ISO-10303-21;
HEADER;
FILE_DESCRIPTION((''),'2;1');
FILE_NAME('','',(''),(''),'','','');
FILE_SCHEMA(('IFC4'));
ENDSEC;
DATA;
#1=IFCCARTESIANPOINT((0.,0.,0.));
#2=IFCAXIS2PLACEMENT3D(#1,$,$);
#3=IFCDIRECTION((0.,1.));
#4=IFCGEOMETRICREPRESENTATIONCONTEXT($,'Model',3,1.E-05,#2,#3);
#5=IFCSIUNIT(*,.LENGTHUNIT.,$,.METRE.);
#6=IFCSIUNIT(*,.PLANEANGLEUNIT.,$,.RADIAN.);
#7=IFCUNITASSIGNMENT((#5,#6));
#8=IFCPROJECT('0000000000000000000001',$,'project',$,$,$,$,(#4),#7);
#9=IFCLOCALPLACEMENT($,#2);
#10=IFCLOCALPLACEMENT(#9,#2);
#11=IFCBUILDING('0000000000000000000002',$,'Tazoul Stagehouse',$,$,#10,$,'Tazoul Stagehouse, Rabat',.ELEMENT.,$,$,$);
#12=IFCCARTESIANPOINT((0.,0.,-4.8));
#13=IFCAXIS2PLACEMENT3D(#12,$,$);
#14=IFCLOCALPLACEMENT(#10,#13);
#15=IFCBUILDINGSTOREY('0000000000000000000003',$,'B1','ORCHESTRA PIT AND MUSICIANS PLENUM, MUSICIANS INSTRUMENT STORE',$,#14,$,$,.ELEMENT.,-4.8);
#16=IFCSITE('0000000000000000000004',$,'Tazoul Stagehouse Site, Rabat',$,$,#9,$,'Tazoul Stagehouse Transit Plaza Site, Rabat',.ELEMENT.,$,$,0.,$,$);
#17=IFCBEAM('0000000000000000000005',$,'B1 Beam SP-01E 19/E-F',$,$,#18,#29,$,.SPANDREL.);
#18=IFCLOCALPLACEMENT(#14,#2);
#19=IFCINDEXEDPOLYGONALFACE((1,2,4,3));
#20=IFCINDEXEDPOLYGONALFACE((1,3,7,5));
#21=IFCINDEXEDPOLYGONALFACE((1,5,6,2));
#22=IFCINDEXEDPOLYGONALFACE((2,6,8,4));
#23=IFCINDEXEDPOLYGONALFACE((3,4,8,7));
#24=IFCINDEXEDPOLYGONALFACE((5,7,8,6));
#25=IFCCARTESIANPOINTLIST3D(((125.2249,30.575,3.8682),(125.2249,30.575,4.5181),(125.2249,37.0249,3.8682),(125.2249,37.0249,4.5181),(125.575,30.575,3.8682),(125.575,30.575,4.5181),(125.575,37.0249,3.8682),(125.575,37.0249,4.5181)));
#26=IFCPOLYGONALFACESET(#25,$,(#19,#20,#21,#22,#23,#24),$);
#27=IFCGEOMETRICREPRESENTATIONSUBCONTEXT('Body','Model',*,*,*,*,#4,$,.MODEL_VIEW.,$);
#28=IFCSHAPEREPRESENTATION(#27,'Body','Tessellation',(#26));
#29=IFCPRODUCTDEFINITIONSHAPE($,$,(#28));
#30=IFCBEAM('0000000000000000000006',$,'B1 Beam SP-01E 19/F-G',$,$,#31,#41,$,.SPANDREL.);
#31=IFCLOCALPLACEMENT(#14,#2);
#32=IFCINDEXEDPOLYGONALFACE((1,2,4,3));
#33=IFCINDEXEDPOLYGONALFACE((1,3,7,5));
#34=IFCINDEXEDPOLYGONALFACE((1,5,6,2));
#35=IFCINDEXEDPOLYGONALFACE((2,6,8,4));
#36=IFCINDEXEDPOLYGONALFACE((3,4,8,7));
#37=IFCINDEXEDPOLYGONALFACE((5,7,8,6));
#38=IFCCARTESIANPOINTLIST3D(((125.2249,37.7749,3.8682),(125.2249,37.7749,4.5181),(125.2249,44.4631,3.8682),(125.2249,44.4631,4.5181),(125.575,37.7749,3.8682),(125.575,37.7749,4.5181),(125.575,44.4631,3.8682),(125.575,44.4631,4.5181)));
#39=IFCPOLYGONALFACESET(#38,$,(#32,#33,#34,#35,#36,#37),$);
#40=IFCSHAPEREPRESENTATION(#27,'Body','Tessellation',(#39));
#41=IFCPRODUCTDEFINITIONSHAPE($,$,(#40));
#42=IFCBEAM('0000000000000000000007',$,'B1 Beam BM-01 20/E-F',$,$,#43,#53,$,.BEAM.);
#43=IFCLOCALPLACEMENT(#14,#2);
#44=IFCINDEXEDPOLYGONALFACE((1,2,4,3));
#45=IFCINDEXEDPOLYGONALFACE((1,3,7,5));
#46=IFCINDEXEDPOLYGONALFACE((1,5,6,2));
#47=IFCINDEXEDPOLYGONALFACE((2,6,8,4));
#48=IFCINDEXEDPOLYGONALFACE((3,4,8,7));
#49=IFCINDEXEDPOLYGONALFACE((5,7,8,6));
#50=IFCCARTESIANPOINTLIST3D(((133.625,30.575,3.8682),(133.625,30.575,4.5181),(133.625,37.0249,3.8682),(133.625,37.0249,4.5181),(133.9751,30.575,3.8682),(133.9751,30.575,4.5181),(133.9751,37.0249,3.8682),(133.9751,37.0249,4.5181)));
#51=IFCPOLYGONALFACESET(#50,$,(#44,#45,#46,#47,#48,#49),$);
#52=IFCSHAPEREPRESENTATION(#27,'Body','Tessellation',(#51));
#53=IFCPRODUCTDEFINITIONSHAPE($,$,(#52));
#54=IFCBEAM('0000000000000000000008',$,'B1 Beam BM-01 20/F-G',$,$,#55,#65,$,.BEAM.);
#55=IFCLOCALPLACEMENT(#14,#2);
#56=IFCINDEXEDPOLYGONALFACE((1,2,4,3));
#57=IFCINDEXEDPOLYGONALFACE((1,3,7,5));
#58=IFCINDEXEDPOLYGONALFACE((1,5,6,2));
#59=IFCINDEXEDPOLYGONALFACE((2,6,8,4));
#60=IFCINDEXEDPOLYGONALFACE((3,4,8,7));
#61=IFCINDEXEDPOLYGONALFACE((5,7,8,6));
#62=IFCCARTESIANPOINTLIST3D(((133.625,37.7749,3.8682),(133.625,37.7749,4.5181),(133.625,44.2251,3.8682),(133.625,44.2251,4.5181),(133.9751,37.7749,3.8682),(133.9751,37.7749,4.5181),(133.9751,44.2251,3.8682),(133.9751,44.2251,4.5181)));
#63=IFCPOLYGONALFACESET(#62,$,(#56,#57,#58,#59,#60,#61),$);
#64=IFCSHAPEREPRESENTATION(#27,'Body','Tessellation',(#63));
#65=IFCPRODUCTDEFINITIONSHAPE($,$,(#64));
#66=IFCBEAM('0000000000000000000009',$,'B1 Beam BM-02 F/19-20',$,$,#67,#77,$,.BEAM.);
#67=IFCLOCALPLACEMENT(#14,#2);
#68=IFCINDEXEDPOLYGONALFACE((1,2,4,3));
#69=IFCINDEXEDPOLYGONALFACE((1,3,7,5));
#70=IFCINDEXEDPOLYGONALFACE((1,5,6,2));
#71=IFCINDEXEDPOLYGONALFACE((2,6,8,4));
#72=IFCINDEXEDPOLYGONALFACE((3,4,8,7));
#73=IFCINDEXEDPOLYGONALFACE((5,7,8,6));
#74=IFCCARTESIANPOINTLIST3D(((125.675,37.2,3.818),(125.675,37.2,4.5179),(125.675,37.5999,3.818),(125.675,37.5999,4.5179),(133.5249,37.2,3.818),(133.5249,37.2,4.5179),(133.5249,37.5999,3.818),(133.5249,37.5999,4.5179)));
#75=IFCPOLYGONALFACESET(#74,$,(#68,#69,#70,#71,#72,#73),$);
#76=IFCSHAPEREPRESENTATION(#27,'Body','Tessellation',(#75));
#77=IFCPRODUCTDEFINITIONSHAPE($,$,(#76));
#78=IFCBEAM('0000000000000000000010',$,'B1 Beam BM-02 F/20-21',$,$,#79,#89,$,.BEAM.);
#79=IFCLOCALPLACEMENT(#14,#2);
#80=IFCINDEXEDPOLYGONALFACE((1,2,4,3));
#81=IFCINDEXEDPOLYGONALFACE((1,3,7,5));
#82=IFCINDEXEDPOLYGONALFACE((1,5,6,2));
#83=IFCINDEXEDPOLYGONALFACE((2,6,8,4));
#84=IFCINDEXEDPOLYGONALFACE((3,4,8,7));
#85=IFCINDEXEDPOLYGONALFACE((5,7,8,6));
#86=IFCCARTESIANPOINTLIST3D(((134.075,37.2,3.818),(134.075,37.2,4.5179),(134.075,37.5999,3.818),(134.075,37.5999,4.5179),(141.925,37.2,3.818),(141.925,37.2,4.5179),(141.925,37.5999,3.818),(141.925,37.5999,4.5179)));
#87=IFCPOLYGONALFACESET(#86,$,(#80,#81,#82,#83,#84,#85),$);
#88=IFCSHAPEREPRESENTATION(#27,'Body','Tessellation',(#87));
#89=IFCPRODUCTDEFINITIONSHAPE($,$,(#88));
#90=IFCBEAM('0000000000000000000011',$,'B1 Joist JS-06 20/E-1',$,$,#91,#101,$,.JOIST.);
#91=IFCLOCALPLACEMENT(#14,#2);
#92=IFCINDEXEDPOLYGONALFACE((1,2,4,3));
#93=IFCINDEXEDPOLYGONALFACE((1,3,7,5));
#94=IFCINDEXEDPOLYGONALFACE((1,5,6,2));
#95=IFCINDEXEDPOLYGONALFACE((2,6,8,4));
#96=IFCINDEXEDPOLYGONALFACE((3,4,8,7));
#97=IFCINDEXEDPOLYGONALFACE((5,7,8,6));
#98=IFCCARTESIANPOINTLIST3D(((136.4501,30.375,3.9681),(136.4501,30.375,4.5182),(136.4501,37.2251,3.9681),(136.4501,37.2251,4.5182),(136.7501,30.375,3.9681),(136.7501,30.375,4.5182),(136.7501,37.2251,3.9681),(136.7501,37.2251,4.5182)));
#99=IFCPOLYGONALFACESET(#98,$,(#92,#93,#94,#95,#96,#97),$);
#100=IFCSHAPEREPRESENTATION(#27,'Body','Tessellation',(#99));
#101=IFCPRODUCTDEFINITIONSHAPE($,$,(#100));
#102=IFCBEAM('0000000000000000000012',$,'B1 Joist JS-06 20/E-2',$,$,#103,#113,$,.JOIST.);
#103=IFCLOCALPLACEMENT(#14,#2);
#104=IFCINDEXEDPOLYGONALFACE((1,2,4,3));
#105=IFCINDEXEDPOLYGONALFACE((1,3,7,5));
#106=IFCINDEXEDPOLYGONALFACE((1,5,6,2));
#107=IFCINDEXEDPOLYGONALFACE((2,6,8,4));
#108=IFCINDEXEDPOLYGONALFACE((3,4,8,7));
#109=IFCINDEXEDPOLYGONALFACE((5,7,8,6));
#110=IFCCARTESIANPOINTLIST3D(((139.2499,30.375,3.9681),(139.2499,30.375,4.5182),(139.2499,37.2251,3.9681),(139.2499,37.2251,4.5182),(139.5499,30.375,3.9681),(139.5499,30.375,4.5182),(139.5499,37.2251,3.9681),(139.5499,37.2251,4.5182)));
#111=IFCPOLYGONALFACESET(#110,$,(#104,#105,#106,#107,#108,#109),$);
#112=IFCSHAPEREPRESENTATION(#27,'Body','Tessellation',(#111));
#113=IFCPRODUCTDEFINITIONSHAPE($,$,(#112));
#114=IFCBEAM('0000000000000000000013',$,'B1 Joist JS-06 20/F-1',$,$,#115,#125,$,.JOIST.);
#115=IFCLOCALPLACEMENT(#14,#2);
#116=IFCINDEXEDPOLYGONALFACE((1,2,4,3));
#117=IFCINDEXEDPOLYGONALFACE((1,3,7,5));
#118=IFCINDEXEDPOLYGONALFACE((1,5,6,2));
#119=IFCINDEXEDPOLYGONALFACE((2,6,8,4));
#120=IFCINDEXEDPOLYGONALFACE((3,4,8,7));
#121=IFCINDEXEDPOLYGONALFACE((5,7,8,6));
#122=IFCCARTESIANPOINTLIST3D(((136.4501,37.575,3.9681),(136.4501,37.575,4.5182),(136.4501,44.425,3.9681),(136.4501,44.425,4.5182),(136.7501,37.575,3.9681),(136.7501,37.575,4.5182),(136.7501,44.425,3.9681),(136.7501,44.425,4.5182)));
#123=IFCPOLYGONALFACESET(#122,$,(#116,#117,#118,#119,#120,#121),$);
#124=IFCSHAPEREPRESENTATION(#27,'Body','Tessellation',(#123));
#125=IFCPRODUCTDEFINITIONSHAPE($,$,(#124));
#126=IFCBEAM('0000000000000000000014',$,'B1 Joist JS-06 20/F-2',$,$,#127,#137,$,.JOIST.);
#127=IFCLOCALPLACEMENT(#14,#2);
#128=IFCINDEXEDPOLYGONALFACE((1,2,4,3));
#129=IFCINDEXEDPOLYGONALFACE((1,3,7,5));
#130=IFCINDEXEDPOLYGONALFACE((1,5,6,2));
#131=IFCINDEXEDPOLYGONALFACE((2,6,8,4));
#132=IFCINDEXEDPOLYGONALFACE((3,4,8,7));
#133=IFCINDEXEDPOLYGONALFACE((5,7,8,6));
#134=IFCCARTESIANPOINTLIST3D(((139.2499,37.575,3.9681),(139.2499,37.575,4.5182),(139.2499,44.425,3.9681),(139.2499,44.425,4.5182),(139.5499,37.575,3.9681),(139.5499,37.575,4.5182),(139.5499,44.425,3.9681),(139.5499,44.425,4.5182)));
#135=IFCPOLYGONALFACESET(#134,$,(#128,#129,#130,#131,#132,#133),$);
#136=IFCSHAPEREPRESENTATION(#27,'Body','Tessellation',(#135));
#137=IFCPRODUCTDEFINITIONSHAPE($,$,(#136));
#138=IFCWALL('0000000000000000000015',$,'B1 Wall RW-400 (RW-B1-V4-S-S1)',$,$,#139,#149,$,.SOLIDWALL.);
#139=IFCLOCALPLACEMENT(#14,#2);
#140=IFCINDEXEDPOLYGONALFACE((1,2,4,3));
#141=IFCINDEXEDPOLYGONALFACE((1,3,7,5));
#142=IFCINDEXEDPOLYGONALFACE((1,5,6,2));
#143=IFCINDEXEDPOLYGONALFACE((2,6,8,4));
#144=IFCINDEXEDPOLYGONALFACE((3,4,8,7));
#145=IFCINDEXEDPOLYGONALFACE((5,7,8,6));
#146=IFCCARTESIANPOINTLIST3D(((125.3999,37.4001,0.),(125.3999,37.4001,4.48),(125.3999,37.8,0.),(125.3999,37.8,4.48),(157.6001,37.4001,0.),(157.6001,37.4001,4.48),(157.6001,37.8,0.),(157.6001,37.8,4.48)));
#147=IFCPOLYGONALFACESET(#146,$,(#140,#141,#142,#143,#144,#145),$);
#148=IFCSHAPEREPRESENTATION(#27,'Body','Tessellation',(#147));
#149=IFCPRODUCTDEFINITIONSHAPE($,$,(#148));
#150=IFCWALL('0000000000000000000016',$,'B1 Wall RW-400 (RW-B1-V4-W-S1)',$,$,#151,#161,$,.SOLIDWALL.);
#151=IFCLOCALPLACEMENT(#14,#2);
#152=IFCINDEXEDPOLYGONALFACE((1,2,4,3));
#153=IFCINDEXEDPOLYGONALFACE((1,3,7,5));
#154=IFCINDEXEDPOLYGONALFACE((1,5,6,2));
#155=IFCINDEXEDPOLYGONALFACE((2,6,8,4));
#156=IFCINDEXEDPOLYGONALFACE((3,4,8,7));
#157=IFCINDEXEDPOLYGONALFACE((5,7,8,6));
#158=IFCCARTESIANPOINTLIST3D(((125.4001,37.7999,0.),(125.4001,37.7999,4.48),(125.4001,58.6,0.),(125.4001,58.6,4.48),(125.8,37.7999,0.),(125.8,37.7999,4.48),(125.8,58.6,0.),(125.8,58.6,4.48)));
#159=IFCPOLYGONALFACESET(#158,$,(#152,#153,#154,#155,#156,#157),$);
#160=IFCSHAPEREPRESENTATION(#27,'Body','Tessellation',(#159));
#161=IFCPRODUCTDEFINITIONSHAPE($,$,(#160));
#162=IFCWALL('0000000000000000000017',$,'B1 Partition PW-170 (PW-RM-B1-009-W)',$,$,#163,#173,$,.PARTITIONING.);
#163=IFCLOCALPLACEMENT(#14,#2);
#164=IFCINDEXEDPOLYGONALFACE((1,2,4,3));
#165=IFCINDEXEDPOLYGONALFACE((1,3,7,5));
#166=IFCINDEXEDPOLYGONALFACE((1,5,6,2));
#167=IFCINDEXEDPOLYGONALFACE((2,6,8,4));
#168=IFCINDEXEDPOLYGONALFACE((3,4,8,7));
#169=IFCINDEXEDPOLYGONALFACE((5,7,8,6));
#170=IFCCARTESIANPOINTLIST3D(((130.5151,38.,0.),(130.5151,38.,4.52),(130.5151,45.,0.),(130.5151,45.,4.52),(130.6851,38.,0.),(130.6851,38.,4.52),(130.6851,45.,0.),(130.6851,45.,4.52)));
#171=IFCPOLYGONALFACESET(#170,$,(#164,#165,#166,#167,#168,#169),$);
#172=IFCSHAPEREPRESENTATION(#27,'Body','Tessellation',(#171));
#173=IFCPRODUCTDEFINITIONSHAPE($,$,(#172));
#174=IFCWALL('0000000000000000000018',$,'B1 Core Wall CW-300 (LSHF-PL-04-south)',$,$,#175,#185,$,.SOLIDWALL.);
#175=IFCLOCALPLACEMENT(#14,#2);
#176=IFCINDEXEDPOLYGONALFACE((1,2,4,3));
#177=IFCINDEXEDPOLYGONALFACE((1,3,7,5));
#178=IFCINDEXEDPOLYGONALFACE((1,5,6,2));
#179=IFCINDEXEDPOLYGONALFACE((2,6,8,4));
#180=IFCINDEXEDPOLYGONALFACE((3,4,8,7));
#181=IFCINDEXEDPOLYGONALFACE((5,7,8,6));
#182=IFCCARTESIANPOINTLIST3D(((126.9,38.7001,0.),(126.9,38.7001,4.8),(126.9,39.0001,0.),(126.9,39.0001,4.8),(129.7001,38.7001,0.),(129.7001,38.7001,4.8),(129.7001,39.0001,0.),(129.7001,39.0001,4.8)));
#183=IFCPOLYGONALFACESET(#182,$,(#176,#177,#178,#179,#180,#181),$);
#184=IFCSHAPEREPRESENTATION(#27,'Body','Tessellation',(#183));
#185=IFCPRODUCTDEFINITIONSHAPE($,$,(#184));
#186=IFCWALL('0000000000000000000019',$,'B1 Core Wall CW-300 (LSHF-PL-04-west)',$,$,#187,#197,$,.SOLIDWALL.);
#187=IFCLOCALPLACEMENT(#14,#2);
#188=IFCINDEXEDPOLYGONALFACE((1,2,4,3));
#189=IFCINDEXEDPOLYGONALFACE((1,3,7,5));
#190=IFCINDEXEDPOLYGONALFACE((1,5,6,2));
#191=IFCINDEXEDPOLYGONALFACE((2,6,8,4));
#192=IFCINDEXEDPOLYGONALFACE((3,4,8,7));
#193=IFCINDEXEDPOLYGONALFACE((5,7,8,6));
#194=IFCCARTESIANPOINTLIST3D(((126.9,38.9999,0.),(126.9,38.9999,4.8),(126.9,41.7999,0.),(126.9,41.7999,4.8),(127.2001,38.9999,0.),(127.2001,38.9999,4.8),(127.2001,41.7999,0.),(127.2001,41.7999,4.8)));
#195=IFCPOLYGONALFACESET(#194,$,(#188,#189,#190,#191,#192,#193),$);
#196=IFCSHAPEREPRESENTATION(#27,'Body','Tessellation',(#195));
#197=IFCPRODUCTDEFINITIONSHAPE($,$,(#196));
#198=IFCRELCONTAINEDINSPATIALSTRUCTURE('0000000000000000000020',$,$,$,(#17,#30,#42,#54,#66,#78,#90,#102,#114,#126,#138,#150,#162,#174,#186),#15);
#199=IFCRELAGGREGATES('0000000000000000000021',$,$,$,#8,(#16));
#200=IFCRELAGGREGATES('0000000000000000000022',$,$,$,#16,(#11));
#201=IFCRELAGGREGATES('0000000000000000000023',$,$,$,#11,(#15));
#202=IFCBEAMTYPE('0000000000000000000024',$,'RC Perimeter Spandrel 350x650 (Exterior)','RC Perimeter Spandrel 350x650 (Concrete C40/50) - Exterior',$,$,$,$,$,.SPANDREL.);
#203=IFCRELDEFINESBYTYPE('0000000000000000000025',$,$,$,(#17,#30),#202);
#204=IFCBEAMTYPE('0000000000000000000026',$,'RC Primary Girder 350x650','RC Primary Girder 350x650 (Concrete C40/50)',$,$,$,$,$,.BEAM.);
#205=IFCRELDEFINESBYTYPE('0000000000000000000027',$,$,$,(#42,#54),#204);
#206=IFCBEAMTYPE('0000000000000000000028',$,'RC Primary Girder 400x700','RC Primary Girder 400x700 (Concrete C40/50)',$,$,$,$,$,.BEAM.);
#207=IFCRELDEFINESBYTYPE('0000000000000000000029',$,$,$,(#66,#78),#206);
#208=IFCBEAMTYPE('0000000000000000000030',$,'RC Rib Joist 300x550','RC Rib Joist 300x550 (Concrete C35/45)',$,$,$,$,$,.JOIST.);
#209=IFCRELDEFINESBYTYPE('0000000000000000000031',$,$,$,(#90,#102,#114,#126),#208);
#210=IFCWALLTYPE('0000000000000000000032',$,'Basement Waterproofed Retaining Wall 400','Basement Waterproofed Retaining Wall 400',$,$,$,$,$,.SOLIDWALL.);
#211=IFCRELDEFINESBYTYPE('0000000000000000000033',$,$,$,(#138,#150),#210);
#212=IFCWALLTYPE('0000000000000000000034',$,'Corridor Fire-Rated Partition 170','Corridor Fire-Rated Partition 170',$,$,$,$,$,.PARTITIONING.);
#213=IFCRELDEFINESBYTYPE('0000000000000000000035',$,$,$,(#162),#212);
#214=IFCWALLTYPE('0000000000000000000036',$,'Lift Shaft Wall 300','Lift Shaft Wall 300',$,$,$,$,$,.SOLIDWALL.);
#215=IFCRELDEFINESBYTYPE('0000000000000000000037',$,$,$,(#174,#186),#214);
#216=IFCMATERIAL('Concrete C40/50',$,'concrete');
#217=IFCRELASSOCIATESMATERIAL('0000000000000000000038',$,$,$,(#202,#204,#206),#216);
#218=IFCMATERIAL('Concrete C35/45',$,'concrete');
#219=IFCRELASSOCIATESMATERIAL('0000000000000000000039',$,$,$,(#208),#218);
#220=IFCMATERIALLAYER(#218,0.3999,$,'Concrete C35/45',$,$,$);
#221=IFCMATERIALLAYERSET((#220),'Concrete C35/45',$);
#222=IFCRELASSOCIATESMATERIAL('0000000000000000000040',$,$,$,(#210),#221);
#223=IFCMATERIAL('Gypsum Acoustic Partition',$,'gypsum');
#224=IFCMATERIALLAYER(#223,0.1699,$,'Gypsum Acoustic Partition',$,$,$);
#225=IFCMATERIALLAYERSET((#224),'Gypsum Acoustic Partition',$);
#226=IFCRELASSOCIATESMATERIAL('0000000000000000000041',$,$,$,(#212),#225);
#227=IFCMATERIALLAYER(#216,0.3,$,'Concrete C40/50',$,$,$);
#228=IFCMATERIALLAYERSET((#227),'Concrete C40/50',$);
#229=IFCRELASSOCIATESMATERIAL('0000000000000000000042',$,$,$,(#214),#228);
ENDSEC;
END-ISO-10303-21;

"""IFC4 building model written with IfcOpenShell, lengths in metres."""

from ifc_helpers import new_model, si_unit, direction, frame, frame_2d, origin, origin_2d, place, context, subcontext, project, spatial, rectangle, extrude, material, layer, layer_set, material_profile, profile_set, type_object, element, save


model = new_model("IFC4")

# Units and contexts
model_context = context("Model", 3, precision=1e-05, world=origin(), true_north=direction((0.0, 1.0)))
body_context = subcontext(model_context, "Body", "Model", "MODEL_VIEW")
ifc_project = project(units=[si_unit("LENGTHUNIT", "METRE"), si_unit("PLANEANGLEUNIT", "RADIAN")], contexts=[model_context])

# Site, building, storey
site_placement = place(None, origin())
site = spatial("IfcSite", under=ifc_project, at=site_placement, Name="Tazoul Stagehouse Site, Rabat", LongName="Tazoul Stagehouse Transit Plaza Site, Rabat", CompositionType="ELEMENT", RefElevation=0.0)
building_placement = place(site_placement, origin())
building = spatial("IfcBuilding", under=site, at=building_placement, Name="Tazoul Stagehouse", LongName="Tazoul Stagehouse, Rabat", CompositionType="ELEMENT")
storey_placement = place(building_placement, frame((0.0, 0.0, -4.8)))
storey = spatial("IfcBuildingStorey", under=building, at=storey_placement, Name="B1", Description="ORCHESTRA PIT AND MUSICIANS PLENUM, MUSICIANS INSTRUMENT STORE", CompositionType="ELEMENT", Elevation=-4.8)

# Shared definitions
ifc_material_1 = material(Name="Concrete C35/45", Category="concrete")

# Shared definitions
ifc_material_2 = material(Name="Concrete C40/50", Category="concrete")

# Beams
ifc_material_profile_1 = material_profile(ifc_material_2, rectangle(XDim=0.3501, YDim=0.6499, at=origin_2d()), Name="RC 350x650")
ifc_profile_set_1 = profile_set([ifc_material_profile_1], Name="Concrete C40/50")
beam_type_1 = type_object("IfcBeamType", Name="RC Perimeter Spandrel 350x650 (Exterior)", Description="RC Perimeter Spandrel 350x650 (Concrete C40/50) - Exterior", PredefinedType="SPANDREL", material=ifc_profile_set_1)
beam_1_placement = place(storey_placement, frame((125.3999, 30.575, 4.1931), z_axis=(0.0, 1.0, 0.0), x_axis=(-1.0, 0.0, 0.0)))
element("IfcBeam", 1, at=beam_1_placement, inside=storey, type_object=beam_type_1, Name="B1 Beam SP-01E 19/E-F", PredefinedType="SPANDREL", context=body_context, shape_type="SweptSolid", body=[
    extrude(rectangle(XDim=0.3501, YDim=0.6499, at=origin_2d()), origin(), (0.0, 0.0, 1.0), 6.45),
])
beam_2_placement = place(storey_placement, frame((125.3999, 37.7749, 4.1931), z_axis=(0.0, 1.0, 0.0), x_axis=(-1.0, 0.0, 0.0)))
element("IfcBeam", 2, at=beam_2_placement, inside=storey, type_object=beam_type_1, Name="B1 Beam SP-01E 19/F-G", PredefinedType="SPANDREL", context=body_context, shape_type="SweptSolid", body=[
    extrude(rectangle(XDim=0.3501, YDim=0.6499, at=origin_2d()), origin(), (0.0, 0.0, 1.0), 6.6882),
])
ifc_material_profile_2 = material_profile(ifc_material_2, rectangle(XDim=0.3501, YDim=0.6499, at=origin_2d()), Name="RC 350x650")
ifc_profile_set_2 = profile_set([ifc_material_profile_2], Name="Concrete C40/50")
beam_type_2 = type_object("IfcBeamType", Name="RC Primary Girder 350x650", Description="RC Primary Girder 350x650 (Concrete C40/50)", PredefinedType="BEAM", material=ifc_profile_set_2)
beam_3_placement = place(storey_placement, frame((133.8, 30.575, 4.1931), z_axis=(0.0, 1.0, 0.0), x_axis=(-1.0, 0.0, 0.0)))
element("IfcBeam", 3, at=beam_3_placement, inside=storey, type_object=beam_type_2, Name="B1 Beam BM-01 20/E-F", PredefinedType="BEAM", context=body_context, shape_type="SweptSolid", body=[
    extrude(rectangle(XDim=0.3501, YDim=0.6499, at=origin_2d()), origin(), (0.0, 0.0, 1.0), 6.45),
])
beam_4_placement = place(storey_placement, frame((133.8, 37.7749, 4.1931), z_axis=(0.0, 1.0, 0.0), x_axis=(-1.0, 0.0, 0.0)))
element("IfcBeam", 4, at=beam_4_placement, inside=storey, type_object=beam_type_2, Name="B1 Beam BM-01 20/F-G", PredefinedType="BEAM", context=body_context, shape_type="SweptSolid", body=[
    extrude(rectangle(XDim=0.3501, YDim=0.6499, at=origin_2d()), origin(), (0.0, 0.0, 1.0), 6.4502),
])
ifc_material_profile_3 = material_profile(ifc_material_2, rectangle(XDim=0.3999, YDim=0.7, at=origin_2d()), Name="RC 400x700")
ifc_profile_set_3 = profile_set([ifc_material_profile_3], Name="Concrete C40/50")
beam_type_3 = type_object("IfcBeamType", Name="RC Primary Girder 400x700", Description="RC Primary Girder 400x700 (Concrete C40/50)", PredefinedType="BEAM", material=ifc_profile_set_3)
beam_5_placement = place(storey_placement, frame((125.675, 37.3999, 4.168), z_axis=(1.0, 0.0, 0.0), x_axis=(0.0, 1.0, 0.0)))
element("IfcBeam", 5, at=beam_5_placement, inside=storey, type_object=beam_type_3, Name="B1 Beam BM-02 F/19-20", PredefinedType="BEAM", context=body_context, shape_type="SweptSolid", body=[
    extrude(rectangle(XDim=0.3999, YDim=0.7, at=origin_2d()), origin(), (0.0, 0.0, 1.0), 7.8499),
])
beam_6_placement = place(storey_placement, frame((134.075, 37.3999, 4.168), z_axis=(1.0, 0.0, 0.0), x_axis=(0.0, 1.0, 0.0)))
element("IfcBeam", 6, at=beam_6_placement, inside=storey, type_object=beam_type_3, Name="B1 Beam BM-02 F/20-21", PredefinedType="BEAM", context=body_context, shape_type="SweptSolid", body=[
    extrude(rectangle(XDim=0.3999, YDim=0.7, at=origin_2d()), origin(), (0.0, 0.0, 1.0), 7.8501),
])
ifc_material_profile_4 = material_profile(ifc_material_1, rectangle(XDim=0.3, YDim=0.55, at=origin_2d()), Name="RC 300x550")
ifc_profile_set_4 = profile_set([ifc_material_profile_4], Name="Concrete C35/45")
beam_type_4 = type_object("IfcBeamType", Name="RC Rib Joist 300x550", Description="RC Rib Joist 300x550 (Concrete C35/45)", PredefinedType="JOIST", material=ifc_profile_set_4)
for number, where, z_axis, x_axis, name in (
    (7, (136.6001, 30.375, 4.2432), (0.0, 1.0, 0.0), (-1.0, 0.0, 0.0), "B1 Joist JS-06 20/E-1"),
    (8, (139.3999, 30.375, 4.2432), (0.0, 1.0, 0.0), (-1.0, 0.0, 0.0), "B1 Joist JS-06 20/E-2"),
    (9, (136.6001, 37.575, 4.2432), (0.0, 1.0, 0.0), (-1.0, 0.0, 0.0), "B1 Joist JS-06 20/F-1"),
    (10, (139.3999, 37.575, 4.2432), (0.0, 1.0, 0.0), (-1.0, 0.0, 0.0), "B1 Joist JS-06 20/F-2"),
):
    element("IfcBeam", number, at=place(storey_placement, frame(where, z_axis=z_axis, x_axis=x_axis)), inside=storey, type_object=beam_type_4, Name=name, PredefinedType="JOIST", context=body_context, shape_type="SweptSolid", body=[
        extrude(rectangle(XDim=0.3, YDim=0.55, at=origin_2d()), origin(), (0.0, 0.0, 1.0), 6.8501),
    ])

# Walls
ifc_layer_1 = layer(ifc_material_1, 0.3999, Name="Concrete C35/45")
ifc_layer_set_1 = layer_set([ifc_layer_1], Name="Concrete C35/45")
wall_type_1 = type_object("IfcWallType", Name="Basement Waterproofed Retaining Wall 400", Description="Basement Waterproofed Retaining Wall 400", PredefinedType="SOLIDWALL", material=ifc_layer_set_1)
wall_1_placement = place(storey_placement, frame((125.3999, 37.6001, 0.0), z_axis=(0.0, 0.0, 1.0), x_axis=(1.0, 0.0, 0.0)))
element("IfcWall", 11, at=wall_1_placement, inside=storey, type_object=wall_type_1, Name="B1 Wall RW-400 (RW-B1-V4-S-S1)", PredefinedType="SOLIDWALL", context=body_context, shape_type="SweptSolid", body=[
    extrude(rectangle(XDim=32.2002, YDim=0.3999, at=frame_2d((16.1001, 0.0))), origin(), (0.0, 0.0, 1.0), 4.48),
])
wall_2_placement = place(storey_placement, frame((125.6001, 37.8, 0.0), z_axis=(0.0, 0.0, 1.0), x_axis=(0.0, 1.0, 0.0)))
element("IfcWall", 12, at=wall_2_placement, inside=storey, type_object=wall_type_1, Name="B1 Wall RW-400 (RW-B1-V4-W-S1)", PredefinedType="SOLIDWALL", context=body_context, shape_type="SweptSolid", body=[
    extrude(rectangle(XDim=20.8, YDim=0.3999, at=frame_2d((10.3999, 0.0))), origin(), (0.0, 0.0, 1.0), 4.48),
])
ifc_material_3 = material(Name="Gypsum Acoustic Partition", Category="gypsum")
ifc_layer_2 = layer(ifc_material_3, 0.1699, Name="Gypsum Acoustic Partition")
ifc_layer_set_2 = layer_set([ifc_layer_2], Name="Gypsum Acoustic Partition")
wall_type_2 = type_object("IfcWallType", Name="Corridor Fire-Rated Partition 170", Description="Corridor Fire-Rated Partition 170", PredefinedType="PARTITIONING", material=ifc_layer_set_2)
wall_3_placement = place(storey_placement, frame((130.6001, 38.0, 0.0), z_axis=(0.0, 0.0, 1.0), x_axis=(0.0, 1.0, 0.0)))
element("IfcWall", 13, at=wall_3_placement, inside=storey, type_object=wall_type_2, Name="B1 Partition PW-170 (PW-RM-B1-009-W)", PredefinedType="PARTITIONING", context=body_context, shape_type="SweptSolid", body=[
    extrude(rectangle(XDim=7.0, YDim=0.1699, at=frame_2d((3.5, 0.0))), origin(), (0.0, 0.0, 1.0), 4.52),
])
ifc_layer_3 = layer(ifc_material_2, 0.3, Name="Concrete C40/50")
ifc_layer_set_3 = layer_set([ifc_layer_3], Name="Concrete C40/50")
wall_type_3 = type_object("IfcWallType", Name="Lift Shaft Wall 300", Description="Lift Shaft Wall 300", PredefinedType="SOLIDWALL", material=ifc_layer_set_3)
for number, where, z_axis, x_axis, name in (
    (14, (129.7, 38.8501, 0.0), (0.0, 0.0, 1.0), (-1.0, 0.0, 0.0), "B1 Core Wall CW-300 (LSHF-PL-04-south)"),
    (15, (127.05, 39.0, 0.0), (0.0, 0.0, 1.0), (0.0, 1.0, 0.0), "B1 Core Wall CW-300 (LSHF-PL-04-west)"),
):
    element("IfcWall", number, at=place(storey_placement, frame(where, z_axis=z_axis, x_axis=x_axis)), inside=storey, type_object=wall_type_3, Name=name, PredefinedType="SOLIDWALL", context=body_context, shape_type="SweptSolid", body=[
        extrude(rectangle(XDim=2.8, YDim=0.3, at=frame_2d((1.3999, 0.0))), origin(), (0.0, 0.0, 1.0), 4.8),
    ])

save(model, "model.ifc")
